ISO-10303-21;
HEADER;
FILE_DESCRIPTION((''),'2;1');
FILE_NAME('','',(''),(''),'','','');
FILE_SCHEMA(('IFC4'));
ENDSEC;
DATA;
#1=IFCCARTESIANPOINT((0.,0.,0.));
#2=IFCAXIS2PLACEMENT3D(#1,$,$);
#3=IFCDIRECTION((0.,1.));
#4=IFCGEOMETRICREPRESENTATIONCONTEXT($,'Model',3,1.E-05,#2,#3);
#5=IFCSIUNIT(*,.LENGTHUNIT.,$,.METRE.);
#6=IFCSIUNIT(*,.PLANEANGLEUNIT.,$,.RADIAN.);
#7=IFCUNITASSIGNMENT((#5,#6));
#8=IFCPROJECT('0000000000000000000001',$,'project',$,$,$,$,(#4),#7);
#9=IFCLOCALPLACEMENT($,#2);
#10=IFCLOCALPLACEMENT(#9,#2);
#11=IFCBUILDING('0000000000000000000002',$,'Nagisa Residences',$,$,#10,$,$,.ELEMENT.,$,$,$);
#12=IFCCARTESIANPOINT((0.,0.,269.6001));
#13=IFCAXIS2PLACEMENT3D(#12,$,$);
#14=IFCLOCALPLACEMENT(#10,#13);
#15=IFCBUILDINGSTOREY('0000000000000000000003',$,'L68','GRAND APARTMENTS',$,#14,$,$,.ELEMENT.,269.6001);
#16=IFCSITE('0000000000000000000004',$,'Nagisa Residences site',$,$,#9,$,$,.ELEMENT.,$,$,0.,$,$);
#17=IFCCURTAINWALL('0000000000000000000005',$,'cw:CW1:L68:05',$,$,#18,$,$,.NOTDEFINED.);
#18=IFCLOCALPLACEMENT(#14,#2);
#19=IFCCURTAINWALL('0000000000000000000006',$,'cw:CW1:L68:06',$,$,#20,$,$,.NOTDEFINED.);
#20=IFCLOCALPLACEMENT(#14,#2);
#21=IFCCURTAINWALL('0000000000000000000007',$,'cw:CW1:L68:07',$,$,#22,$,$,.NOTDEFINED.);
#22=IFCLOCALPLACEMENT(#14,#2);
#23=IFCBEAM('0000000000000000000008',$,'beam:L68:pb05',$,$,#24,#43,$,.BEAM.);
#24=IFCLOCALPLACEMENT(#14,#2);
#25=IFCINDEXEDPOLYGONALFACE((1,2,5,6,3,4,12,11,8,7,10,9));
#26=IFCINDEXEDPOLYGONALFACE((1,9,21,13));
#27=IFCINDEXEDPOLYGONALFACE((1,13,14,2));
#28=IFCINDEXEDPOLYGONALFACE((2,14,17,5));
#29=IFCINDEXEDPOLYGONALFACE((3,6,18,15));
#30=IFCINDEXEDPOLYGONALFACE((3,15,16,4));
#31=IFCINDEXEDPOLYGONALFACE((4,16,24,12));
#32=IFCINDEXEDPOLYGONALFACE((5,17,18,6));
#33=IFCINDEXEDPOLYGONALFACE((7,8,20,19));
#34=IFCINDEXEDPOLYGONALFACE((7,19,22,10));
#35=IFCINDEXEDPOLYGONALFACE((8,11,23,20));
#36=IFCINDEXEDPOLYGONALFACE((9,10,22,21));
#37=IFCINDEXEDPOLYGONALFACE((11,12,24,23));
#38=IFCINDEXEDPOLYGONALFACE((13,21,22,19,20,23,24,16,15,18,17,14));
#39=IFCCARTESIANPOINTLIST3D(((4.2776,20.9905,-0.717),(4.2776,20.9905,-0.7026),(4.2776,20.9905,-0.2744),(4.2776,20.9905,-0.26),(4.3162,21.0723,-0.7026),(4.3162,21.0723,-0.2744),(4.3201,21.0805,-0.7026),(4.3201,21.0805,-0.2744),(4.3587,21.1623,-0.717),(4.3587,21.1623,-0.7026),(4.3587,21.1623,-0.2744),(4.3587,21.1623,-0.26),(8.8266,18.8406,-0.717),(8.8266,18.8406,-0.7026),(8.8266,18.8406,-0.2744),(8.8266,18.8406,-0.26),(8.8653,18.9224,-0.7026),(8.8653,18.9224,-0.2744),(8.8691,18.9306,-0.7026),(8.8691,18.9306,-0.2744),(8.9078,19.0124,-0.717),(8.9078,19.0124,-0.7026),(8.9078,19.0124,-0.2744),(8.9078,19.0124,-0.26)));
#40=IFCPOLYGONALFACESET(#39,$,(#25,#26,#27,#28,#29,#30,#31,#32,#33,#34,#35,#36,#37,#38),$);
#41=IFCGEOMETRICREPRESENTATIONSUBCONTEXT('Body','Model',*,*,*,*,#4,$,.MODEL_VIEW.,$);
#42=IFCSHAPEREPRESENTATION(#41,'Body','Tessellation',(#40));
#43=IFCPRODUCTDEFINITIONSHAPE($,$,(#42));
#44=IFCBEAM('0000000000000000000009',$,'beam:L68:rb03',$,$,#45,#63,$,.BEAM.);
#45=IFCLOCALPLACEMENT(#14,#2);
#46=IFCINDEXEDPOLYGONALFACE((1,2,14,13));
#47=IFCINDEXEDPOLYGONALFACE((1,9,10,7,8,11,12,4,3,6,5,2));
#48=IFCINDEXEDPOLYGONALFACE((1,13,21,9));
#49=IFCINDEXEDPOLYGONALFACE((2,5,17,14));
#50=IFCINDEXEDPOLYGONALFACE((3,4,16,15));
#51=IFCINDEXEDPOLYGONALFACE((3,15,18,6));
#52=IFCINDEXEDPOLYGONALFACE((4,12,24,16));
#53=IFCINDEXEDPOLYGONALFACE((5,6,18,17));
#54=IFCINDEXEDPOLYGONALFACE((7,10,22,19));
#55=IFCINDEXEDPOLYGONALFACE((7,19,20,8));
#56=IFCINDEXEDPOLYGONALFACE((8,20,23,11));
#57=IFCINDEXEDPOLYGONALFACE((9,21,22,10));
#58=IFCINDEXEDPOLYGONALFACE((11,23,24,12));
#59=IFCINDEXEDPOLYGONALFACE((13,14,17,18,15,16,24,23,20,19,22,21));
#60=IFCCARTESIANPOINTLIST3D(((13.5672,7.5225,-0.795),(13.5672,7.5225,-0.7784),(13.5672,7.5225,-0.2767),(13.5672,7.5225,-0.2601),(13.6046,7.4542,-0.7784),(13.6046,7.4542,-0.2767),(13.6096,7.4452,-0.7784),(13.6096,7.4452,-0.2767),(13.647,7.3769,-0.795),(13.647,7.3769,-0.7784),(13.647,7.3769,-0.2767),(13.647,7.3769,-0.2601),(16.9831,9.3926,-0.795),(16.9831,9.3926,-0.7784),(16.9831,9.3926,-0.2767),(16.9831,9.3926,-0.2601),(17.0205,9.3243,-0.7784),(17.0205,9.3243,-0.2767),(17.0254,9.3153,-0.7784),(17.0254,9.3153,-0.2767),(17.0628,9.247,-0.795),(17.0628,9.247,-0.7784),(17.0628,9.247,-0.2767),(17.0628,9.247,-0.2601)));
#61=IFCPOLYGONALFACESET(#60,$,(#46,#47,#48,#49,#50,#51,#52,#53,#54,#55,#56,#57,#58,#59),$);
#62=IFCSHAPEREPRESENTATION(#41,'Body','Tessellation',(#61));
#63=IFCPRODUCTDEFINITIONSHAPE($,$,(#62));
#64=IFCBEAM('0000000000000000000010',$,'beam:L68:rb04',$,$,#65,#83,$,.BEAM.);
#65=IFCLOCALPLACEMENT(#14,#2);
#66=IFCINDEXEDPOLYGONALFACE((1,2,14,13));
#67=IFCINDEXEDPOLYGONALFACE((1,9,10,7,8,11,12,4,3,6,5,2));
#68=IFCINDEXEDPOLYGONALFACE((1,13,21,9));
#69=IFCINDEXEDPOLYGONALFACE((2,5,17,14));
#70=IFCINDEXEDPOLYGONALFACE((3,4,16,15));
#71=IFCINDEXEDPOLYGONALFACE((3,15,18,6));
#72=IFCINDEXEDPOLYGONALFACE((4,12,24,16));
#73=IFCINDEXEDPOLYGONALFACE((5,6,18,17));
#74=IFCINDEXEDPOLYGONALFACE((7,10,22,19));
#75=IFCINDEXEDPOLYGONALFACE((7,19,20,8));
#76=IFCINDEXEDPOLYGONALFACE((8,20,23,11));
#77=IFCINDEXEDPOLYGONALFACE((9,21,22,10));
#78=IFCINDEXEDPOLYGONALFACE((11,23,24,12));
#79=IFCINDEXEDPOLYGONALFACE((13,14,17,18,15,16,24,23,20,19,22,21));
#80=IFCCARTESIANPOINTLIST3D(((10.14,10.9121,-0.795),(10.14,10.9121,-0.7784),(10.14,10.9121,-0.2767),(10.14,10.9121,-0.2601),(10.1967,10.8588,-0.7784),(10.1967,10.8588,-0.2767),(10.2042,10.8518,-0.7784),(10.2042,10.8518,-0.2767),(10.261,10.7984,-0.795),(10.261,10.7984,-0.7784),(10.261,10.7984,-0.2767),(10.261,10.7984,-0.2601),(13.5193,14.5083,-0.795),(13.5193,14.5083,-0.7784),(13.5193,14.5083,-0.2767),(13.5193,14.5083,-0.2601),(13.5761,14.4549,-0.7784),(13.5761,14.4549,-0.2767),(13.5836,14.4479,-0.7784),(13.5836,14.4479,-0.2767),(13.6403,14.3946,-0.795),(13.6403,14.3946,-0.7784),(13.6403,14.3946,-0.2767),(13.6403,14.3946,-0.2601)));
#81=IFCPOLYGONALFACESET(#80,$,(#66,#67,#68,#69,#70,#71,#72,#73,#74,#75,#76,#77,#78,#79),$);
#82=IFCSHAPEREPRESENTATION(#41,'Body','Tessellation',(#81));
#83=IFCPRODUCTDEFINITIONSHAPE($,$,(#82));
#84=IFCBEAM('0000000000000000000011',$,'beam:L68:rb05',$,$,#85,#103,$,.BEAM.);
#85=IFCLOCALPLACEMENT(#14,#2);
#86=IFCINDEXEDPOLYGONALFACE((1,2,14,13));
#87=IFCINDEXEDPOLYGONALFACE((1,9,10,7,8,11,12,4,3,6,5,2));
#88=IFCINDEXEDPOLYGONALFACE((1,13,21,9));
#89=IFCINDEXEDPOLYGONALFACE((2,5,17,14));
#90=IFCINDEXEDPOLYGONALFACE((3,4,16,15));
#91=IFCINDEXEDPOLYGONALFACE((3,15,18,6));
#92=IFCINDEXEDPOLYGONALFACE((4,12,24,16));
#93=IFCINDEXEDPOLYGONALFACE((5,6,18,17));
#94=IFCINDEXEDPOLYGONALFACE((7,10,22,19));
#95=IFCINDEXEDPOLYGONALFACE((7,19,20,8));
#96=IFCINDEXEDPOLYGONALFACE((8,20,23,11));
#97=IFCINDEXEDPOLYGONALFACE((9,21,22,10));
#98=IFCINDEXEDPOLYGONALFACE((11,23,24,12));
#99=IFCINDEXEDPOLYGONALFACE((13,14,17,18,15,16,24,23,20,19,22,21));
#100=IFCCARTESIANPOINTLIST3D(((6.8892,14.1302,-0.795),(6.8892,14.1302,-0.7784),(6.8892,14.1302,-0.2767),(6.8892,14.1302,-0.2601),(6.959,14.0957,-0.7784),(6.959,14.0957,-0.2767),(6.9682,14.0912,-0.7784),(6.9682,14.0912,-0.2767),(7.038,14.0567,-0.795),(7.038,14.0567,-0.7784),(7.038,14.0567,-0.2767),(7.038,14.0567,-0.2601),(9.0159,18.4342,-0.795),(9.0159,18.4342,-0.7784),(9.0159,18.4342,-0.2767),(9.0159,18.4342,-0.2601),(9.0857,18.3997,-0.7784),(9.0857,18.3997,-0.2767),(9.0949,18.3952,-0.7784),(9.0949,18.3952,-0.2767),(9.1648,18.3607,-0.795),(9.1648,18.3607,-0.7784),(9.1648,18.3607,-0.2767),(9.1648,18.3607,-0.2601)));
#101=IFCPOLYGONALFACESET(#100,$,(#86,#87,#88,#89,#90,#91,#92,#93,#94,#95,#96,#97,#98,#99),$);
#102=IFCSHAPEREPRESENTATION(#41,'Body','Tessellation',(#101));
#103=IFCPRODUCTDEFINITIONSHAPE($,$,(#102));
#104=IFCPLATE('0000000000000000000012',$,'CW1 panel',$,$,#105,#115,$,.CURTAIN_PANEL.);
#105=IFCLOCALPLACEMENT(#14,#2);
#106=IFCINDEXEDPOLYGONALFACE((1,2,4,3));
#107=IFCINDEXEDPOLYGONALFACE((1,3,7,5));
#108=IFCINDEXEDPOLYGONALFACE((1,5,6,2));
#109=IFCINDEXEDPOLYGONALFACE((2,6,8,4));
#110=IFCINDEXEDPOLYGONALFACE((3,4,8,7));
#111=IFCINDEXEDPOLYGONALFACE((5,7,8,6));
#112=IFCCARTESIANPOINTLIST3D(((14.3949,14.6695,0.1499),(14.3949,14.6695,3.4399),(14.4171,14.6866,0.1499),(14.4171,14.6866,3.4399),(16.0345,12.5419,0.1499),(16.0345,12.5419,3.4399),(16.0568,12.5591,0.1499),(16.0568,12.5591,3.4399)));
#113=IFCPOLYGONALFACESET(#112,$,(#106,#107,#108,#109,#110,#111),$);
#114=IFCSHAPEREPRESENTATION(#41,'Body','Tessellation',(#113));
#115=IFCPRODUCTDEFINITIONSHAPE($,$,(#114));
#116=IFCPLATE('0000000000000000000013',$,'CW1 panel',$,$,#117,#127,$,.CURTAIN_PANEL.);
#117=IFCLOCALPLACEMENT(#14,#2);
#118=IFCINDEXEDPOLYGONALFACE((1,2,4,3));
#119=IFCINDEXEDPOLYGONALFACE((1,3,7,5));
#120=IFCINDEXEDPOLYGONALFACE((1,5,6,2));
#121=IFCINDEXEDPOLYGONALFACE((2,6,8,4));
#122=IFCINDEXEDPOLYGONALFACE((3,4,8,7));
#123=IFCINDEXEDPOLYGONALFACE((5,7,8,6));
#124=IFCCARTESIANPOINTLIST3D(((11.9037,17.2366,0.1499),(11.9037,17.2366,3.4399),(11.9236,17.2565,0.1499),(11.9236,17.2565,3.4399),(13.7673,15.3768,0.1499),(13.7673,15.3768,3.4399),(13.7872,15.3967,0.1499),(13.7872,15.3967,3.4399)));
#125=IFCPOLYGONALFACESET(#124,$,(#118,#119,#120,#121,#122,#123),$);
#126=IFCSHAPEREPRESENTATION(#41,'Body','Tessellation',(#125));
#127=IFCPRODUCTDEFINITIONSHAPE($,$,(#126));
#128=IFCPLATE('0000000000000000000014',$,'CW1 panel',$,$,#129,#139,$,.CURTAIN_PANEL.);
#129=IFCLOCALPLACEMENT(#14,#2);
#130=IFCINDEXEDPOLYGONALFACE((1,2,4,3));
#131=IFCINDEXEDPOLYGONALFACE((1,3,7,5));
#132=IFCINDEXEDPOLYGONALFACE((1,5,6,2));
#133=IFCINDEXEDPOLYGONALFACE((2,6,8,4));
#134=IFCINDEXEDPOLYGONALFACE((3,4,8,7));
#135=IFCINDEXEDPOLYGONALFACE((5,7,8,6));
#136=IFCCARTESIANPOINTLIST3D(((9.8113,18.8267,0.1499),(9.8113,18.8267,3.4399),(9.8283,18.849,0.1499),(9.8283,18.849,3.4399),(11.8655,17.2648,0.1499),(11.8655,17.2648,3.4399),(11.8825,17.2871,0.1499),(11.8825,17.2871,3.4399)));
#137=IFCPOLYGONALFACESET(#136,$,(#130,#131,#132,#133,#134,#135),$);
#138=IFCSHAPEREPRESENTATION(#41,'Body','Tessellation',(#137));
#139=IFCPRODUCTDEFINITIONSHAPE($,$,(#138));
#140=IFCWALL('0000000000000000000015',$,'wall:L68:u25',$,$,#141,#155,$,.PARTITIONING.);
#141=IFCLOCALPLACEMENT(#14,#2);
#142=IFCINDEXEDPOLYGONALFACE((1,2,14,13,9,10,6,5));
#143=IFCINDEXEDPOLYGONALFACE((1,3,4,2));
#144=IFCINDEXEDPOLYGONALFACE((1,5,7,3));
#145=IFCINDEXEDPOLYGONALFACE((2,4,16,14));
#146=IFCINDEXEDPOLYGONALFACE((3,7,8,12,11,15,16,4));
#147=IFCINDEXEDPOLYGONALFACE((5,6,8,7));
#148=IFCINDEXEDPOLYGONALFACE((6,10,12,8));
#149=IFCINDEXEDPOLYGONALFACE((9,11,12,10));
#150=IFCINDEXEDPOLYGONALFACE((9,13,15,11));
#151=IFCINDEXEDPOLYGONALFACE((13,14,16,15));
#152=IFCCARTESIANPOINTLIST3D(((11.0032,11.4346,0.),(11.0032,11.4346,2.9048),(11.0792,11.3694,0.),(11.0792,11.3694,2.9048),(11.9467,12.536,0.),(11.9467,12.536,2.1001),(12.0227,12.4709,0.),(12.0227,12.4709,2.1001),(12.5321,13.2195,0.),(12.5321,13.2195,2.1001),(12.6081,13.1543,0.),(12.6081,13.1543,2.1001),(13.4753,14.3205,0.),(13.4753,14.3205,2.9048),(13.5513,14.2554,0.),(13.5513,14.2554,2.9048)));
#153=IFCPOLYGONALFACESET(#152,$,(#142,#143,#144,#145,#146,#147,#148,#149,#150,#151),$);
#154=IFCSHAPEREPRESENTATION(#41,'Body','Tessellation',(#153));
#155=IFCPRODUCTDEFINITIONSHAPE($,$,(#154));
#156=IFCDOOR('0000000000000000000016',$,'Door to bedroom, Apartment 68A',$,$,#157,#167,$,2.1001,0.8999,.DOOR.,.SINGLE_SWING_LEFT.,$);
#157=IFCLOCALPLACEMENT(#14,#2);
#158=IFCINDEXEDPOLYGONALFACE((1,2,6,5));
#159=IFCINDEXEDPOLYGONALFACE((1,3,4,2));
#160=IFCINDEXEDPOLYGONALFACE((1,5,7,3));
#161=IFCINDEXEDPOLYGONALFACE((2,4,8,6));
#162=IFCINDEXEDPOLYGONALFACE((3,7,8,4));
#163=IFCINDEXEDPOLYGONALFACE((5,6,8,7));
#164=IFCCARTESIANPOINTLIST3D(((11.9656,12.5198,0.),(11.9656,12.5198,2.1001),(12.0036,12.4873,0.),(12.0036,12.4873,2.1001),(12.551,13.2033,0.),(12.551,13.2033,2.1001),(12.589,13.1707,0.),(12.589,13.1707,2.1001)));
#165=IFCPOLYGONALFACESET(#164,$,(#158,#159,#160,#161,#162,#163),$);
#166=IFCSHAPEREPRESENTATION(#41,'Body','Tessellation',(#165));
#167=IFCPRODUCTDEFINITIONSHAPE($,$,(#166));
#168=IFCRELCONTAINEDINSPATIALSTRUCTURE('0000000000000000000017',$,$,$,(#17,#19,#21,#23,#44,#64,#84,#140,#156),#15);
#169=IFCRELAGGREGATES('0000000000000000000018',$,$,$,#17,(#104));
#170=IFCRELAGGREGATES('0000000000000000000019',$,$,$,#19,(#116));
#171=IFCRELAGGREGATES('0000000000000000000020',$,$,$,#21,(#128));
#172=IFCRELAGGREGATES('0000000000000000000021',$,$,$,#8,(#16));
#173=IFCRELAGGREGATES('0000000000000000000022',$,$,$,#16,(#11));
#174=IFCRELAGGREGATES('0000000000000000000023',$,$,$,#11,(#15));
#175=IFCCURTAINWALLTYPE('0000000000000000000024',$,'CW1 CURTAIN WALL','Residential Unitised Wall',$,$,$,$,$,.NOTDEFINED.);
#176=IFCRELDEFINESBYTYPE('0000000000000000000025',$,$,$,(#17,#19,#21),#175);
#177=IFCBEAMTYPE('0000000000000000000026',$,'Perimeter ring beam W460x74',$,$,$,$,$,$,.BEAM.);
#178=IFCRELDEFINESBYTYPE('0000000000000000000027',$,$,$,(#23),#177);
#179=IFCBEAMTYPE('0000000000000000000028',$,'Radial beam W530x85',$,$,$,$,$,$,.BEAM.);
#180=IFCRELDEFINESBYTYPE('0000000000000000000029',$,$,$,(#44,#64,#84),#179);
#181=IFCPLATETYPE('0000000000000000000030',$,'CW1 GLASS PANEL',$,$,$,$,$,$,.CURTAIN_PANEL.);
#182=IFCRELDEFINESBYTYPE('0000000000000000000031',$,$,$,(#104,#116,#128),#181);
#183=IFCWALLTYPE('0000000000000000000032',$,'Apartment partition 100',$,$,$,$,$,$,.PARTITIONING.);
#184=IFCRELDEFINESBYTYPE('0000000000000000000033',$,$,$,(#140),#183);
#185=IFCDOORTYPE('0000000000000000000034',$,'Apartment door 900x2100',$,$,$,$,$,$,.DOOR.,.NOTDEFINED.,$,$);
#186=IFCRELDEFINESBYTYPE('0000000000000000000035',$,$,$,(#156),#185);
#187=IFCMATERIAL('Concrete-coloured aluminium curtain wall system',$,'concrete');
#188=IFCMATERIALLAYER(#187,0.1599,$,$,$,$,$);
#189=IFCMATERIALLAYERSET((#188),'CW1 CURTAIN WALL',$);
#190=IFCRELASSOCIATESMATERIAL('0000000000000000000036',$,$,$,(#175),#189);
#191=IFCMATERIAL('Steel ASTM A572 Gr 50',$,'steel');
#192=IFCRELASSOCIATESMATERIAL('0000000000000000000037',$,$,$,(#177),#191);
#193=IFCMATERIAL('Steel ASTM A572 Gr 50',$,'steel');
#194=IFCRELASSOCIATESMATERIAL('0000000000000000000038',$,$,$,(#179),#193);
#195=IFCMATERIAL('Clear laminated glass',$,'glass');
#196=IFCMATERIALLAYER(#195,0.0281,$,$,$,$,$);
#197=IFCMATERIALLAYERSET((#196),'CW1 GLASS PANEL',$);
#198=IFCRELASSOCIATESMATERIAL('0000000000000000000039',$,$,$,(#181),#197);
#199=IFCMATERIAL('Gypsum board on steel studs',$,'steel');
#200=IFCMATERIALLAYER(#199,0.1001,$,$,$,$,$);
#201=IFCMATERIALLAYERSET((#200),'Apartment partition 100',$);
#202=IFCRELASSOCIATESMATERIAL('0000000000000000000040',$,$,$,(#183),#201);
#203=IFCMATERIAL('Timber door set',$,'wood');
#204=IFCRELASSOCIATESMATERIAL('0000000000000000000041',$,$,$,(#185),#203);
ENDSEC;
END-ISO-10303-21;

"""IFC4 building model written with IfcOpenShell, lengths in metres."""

from ifc_helpers import new_model, si_unit, direction, frame, frame_2d, origin, origin_2d, place, context, subcontext, project, spatial, rectangle, i_section, extrude, material, layer, layer_set, material_profile, profile_set, type_object, element, fill, aggregate, save


model = new_model("IFC4")

# Units and contexts
model_context = context("Model", 3, precision=1e-05, world=origin(), true_north=direction((0.0, 1.0)))
body_context = subcontext(model_context, "Body", "Model", "MODEL_VIEW")
ifc_project = project(units=[si_unit("LENGTHUNIT", "METRE"), si_unit("PLANEANGLEUNIT", "RADIAN")], contexts=[model_context])

# Site, building, storey
site_placement = place(None, origin())
site = spatial("IfcSite", under=ifc_project, at=site_placement, Name="Nagisa Residences site", CompositionType="ELEMENT", RefElevation=0.0)
building_placement = place(site_placement, origin())
building = spatial("IfcBuilding", under=site, at=building_placement, Name="Nagisa Residences", CompositionType="ELEMENT")
storey_placement = place(building_placement, frame((0.0, 0.0, 269.6001)))
storey = spatial("IfcBuildingStorey", under=building, at=storey_placement, Name="L68", Description="GRAND APARTMENTS", CompositionType="ELEMENT", Elevation=269.6001)

# Curtain walls
ifc_material_1 = material(Name="Concrete-coloured aluminium curtain wall system", Category="concrete")
ifc_layer_1 = layer(ifc_material_1, 0.1599)
ifc_layer_set_1 = layer_set([ifc_layer_1], Name="CW1 CURTAIN WALL")
curtain_wall_type = type_object("IfcCurtainWallType", Name="CW1 CURTAIN WALL", Description="Residential Unitised Wall", PredefinedType="NOTDEFINED", material=ifc_layer_set_1)
curtain_wall_1_placement = place(storey_placement, origin())
curtain_wall_1 = element("IfcCurtainWall", 1, at=curtain_wall_1_placement, inside=storey, type_object=curtain_wall_type, Name="cw:CW1:L68:05", PredefinedType="NOTDEFINED")
curtain_wall_2_placement = place(storey_placement, origin())
curtain_wall_2 = element("IfcCurtainWall", 2, at=curtain_wall_2_placement, inside=storey, type_object=curtain_wall_type, Name="cw:CW1:L68:06", PredefinedType="NOTDEFINED")
curtain_wall_3_placement = place(storey_placement, origin())
curtain_wall_3 = element("IfcCurtainWall", 3, at=curtain_wall_3_placement, inside=storey, type_object=curtain_wall_type, Name="cw:CW1:L68:07", PredefinedType="NOTDEFINED")

# Beams
ifc_material_2 = material(Name="Steel ASTM A572 Gr 50", Category="steel")
ifc_material_profile_1 = material_profile(ifc_material_2, i_section(OverallWidth=0.1899, OverallDepth=0.457, WebThickness=0.009, FlangeThickness=0.0144, at=origin_2d()), Name="W460x74")
ifc_profile_set_1 = profile_set([ifc_material_profile_1], Name="Steel ASTM A572 Gr 50")
beam_type_1 = type_object("IfcBeamType", Name="Perimeter ring beam W460x74", PredefinedType="BEAM", material=ifc_profile_set_1)
beam_1_placement = place(storey_placement, frame((8.8672, 18.9265, -0.4885), z_axis=(-0.904116, 0.427287, 0.0), x_axis=(-0.427287, -0.904116, 0.0)))
element("IfcBeam", 4, at=beam_1_placement, inside=storey, type_object=beam_type_1, Name="beam:L68:pb05", PredefinedType="BEAM", context=body_context, shape_type="SweptSolid", body=[
    extrude(i_section(OverallWidth=0.1899, OverallDepth=0.457, WebThickness=0.009, FlangeThickness=0.0144, at=origin_2d()), origin(), (0.0, 0.0, 1.0), 5.0315),
])
ifc_material_3 = material(Name="Steel ASTM A572 Gr 50", Category="steel")
ifc_material_profile_2 = material_profile(ifc_material_3, i_section(OverallWidth=0.166, OverallDepth=0.5349, WebThickness=0.0103, FlangeThickness=0.0166, at=origin_2d()), Name="W530x85")
ifc_profile_set_2 = profile_set([ifc_material_profile_2], Name="Steel ASTM A572 Gr 50")
beam_type_2 = type_object("IfcBeamType", Name="Radial beam W530x85", PredefinedType="BEAM", material=ifc_profile_set_2)
beam_2_placement = place(storey_placement, frame((17.0229, 9.3198, -0.5276), z_axis=(-0.877142, -0.480231, 0.0), x_axis=(0.480231, -0.877142, 0.0)))
element("IfcBeam", 5, at=beam_2_placement, inside=storey, type_object=beam_type_2, Name="beam:L68:rb03", PredefinedType="BEAM", context=body_context, shape_type="SweptSolid", body=[
    extrude(i_section(OverallWidth=0.166, OverallDepth=0.5349, WebThickness=0.0103, FlangeThickness=0.0166, at=origin_2d()), origin(), (0.0, 0.0, 1.0), 3.8943),
])
beam_3_placement = place(storey_placement, frame((13.5798, 14.4514, -0.5276), z_axis=(-0.6848, -0.728731, 0.0), x_axis=(0.728731, -0.6848, 0.0)))
element("IfcBeam", 6, at=beam_3_placement, inside=storey, type_object=beam_type_2, Name="beam:L68:rb04", PredefinedType="BEAM", context=body_context, shape_type="SweptSolid", body=[
    extrude(i_section(OverallWidth=0.166, OverallDepth=0.5349, WebThickness=0.0103, FlangeThickness=0.0166, at=origin_2d()), origin(), (0.0, 0.0, 1.0), 4.9348),
])
beam_4_placement = place(storey_placement, frame((9.0903, 18.3975, -0.5276), z_axis=(-0.442998, -0.896523, 0.0), x_axis=(0.896523, -0.442998, 0.0)))
element("IfcBeam", 7, at=beam_4_placement, inside=storey, type_object=beam_type_2, Name="beam:L68:rb05", PredefinedType="BEAM", context=body_context, shape_type="SweptSolid", body=[
    extrude(i_section(OverallWidth=0.166, OverallDepth=0.5349, WebThickness=0.0103, FlangeThickness=0.0166, at=origin_2d()), origin(), (0.0, 0.0, 1.0), 4.8008),
])

# Plates
ifc_material_4 = material(Name="Clear laminated glass", Category="glass")
ifc_layer_2 = layer(ifc_material_4, 0.0281)
ifc_layer_set_2 = layer_set([ifc_layer_2], Name="CW1 GLASS PANEL")
plate_type = type_object("IfcPlateType", Name="CW1 GLASS PANEL", PredefinedType="CURTAIN_PANEL", material=ifc_layer_set_2)
plate_1_placement = place(storey_placement, frame((15.2258, 13.6143, 0.1499), z_axis=(0.0, 0.0, 1.0), x_axis=(-0.61043, 0.79207, 0.0)))
plate_1 = element("IfcPlate", 8, at=plate_1_placement, type_object=plate_type, Name="CW1 panel", PredefinedType="CURTAIN_PANEL", context=body_context, shape_type="SweptSolid", body=[
    extrude(rectangle(XDim=2.686, YDim=0.0281, at=origin_2d()), origin(), (0.0, 0.0, 1.0), 3.29),
])
aggregate(curtain_wall_1, [plate_1])
plate_2_placement = place(storey_placement, frame((12.8455, 16.3167, 0.1499), z_axis=(0.0, 0.0, 1.0), x_axis=(-0.707836, 0.706377, 0.0)))
plate_2 = element("IfcPlate", 9, at=plate_2_placement, type_object=plate_type, Name="CW1 panel", PredefinedType="CURTAIN_PANEL", context=body_context, shape_type="SweptSolid", body=[
    extrude(rectangle(XDim=2.6328, YDim=0.0281, at=origin_2d()), origin(), (0.0, 0.0, 1.0), 3.29),
])
aggregate(curtain_wall_2, [plate_2])
plate_3_placement = place(storey_placement, frame((10.8469, 18.0569, 0.1499), z_axis=(0.0, 0.0, 1.0), x_axis=(-0.796031, 0.605255, 0.0)))
plate_3 = element("IfcPlate", 10, at=plate_3_placement, type_object=plate_type, Name="CW1 panel", PredefinedType="CURTAIN_PANEL", context=body_context, shape_type="SweptSolid", body=[
    extrude(rectangle(XDim=2.5806, YDim=0.0281, at=origin_2d()), origin(), (0.0, 0.0, 1.0), 3.29),
])
aggregate(curtain_wall_3, [plate_3])

# Wall, opening, door
ifc_material_5 = material(Name="Gypsum board on steel studs", Category="steel")
ifc_layer_3 = layer(ifc_material_5, 0.1001)
ifc_layer_set_3 = layer_set([ifc_layer_3], Name="Apartment partition 100")
wall_type_1 = type_object("IfcWallType", Name="Apartment partition 100", PredefinedType="PARTITIONING", material=ifc_layer_set_3)
wall_1_placement = place(storey_placement, frame((11.0413, 11.4021, 0.0), z_axis=(0.0, 0.0, 1.0), x_axis=(0.650559, 0.759456, 0.0)))
wall_1 = element("IfcWall", 11, at=wall_1_placement, inside=storey, type_object=wall_type_1, Name="wall:L68:u25", PredefinedType="PARTITIONING", context=body_context, shape_type="SweptSolid", body=[
    extrude(rectangle(XDim=3.8, YDim=0.1001, at=frame_2d((1.8999, 0.0))), origin(), (0.0, 0.0, 1.0), 2.9048),
])
opening_1_placement = place(wall_1_placement, frame((1.4502, 0.0, 0.0)))
opening_1 = element("IfcOpeningElement", 12, at=opening_1_placement, cuts=wall_1, PredefinedType="OPENING", context=body_context, shape_type="SweptSolid", body=[
    extrude(rectangle(XDim=0.8999, YDim=2.1001, at=frame_2d((0.45, 1.05))), frame((0.0, 0.0601, 0.0), z_axis=(0.0, -1.0, 0.0), x_axis=(1.0, 0.0, 0.0)), (0.0, 0.0, 1.0), 0.1201),
])
ifc_material_6 = material(Name="Timber door set", Category="wood")
door_type_1 = type_object("IfcDoorType", Name="Apartment door 900x2100", OperationType="NOTDEFINED", PredefinedType="DOOR", material=ifc_material_6)
door_1_placement = place(opening_1_placement, frame((0.8999, 0.0, 0.0), x_axis=(-1.0, 0.0, 0.0)))
door_1 = element("IfcDoor", 13, at=door_1_placement, inside=storey, type_object=door_type_1, Name="Door to bedroom, Apartment 68A", OperationType="SINGLE_SWING_LEFT", OverallHeight=2.1001, OverallWidth=0.8999, PredefinedType="DOOR", context=body_context, shape_type="SweptSolid", body=[
    extrude(rectangle(XDim=0.8999, YDim=2.1001, at=frame_2d((0.45, 1.05))), frame((0.0, 0.0249, 0.0), z_axis=(0.0, -1.0, 0.0), x_axis=(1.0, 0.0, 0.0)), (0.0, 0.0, 1.0), 0.05),
])
fill(opening_1, door_1)

save(model, "model.ifc")
